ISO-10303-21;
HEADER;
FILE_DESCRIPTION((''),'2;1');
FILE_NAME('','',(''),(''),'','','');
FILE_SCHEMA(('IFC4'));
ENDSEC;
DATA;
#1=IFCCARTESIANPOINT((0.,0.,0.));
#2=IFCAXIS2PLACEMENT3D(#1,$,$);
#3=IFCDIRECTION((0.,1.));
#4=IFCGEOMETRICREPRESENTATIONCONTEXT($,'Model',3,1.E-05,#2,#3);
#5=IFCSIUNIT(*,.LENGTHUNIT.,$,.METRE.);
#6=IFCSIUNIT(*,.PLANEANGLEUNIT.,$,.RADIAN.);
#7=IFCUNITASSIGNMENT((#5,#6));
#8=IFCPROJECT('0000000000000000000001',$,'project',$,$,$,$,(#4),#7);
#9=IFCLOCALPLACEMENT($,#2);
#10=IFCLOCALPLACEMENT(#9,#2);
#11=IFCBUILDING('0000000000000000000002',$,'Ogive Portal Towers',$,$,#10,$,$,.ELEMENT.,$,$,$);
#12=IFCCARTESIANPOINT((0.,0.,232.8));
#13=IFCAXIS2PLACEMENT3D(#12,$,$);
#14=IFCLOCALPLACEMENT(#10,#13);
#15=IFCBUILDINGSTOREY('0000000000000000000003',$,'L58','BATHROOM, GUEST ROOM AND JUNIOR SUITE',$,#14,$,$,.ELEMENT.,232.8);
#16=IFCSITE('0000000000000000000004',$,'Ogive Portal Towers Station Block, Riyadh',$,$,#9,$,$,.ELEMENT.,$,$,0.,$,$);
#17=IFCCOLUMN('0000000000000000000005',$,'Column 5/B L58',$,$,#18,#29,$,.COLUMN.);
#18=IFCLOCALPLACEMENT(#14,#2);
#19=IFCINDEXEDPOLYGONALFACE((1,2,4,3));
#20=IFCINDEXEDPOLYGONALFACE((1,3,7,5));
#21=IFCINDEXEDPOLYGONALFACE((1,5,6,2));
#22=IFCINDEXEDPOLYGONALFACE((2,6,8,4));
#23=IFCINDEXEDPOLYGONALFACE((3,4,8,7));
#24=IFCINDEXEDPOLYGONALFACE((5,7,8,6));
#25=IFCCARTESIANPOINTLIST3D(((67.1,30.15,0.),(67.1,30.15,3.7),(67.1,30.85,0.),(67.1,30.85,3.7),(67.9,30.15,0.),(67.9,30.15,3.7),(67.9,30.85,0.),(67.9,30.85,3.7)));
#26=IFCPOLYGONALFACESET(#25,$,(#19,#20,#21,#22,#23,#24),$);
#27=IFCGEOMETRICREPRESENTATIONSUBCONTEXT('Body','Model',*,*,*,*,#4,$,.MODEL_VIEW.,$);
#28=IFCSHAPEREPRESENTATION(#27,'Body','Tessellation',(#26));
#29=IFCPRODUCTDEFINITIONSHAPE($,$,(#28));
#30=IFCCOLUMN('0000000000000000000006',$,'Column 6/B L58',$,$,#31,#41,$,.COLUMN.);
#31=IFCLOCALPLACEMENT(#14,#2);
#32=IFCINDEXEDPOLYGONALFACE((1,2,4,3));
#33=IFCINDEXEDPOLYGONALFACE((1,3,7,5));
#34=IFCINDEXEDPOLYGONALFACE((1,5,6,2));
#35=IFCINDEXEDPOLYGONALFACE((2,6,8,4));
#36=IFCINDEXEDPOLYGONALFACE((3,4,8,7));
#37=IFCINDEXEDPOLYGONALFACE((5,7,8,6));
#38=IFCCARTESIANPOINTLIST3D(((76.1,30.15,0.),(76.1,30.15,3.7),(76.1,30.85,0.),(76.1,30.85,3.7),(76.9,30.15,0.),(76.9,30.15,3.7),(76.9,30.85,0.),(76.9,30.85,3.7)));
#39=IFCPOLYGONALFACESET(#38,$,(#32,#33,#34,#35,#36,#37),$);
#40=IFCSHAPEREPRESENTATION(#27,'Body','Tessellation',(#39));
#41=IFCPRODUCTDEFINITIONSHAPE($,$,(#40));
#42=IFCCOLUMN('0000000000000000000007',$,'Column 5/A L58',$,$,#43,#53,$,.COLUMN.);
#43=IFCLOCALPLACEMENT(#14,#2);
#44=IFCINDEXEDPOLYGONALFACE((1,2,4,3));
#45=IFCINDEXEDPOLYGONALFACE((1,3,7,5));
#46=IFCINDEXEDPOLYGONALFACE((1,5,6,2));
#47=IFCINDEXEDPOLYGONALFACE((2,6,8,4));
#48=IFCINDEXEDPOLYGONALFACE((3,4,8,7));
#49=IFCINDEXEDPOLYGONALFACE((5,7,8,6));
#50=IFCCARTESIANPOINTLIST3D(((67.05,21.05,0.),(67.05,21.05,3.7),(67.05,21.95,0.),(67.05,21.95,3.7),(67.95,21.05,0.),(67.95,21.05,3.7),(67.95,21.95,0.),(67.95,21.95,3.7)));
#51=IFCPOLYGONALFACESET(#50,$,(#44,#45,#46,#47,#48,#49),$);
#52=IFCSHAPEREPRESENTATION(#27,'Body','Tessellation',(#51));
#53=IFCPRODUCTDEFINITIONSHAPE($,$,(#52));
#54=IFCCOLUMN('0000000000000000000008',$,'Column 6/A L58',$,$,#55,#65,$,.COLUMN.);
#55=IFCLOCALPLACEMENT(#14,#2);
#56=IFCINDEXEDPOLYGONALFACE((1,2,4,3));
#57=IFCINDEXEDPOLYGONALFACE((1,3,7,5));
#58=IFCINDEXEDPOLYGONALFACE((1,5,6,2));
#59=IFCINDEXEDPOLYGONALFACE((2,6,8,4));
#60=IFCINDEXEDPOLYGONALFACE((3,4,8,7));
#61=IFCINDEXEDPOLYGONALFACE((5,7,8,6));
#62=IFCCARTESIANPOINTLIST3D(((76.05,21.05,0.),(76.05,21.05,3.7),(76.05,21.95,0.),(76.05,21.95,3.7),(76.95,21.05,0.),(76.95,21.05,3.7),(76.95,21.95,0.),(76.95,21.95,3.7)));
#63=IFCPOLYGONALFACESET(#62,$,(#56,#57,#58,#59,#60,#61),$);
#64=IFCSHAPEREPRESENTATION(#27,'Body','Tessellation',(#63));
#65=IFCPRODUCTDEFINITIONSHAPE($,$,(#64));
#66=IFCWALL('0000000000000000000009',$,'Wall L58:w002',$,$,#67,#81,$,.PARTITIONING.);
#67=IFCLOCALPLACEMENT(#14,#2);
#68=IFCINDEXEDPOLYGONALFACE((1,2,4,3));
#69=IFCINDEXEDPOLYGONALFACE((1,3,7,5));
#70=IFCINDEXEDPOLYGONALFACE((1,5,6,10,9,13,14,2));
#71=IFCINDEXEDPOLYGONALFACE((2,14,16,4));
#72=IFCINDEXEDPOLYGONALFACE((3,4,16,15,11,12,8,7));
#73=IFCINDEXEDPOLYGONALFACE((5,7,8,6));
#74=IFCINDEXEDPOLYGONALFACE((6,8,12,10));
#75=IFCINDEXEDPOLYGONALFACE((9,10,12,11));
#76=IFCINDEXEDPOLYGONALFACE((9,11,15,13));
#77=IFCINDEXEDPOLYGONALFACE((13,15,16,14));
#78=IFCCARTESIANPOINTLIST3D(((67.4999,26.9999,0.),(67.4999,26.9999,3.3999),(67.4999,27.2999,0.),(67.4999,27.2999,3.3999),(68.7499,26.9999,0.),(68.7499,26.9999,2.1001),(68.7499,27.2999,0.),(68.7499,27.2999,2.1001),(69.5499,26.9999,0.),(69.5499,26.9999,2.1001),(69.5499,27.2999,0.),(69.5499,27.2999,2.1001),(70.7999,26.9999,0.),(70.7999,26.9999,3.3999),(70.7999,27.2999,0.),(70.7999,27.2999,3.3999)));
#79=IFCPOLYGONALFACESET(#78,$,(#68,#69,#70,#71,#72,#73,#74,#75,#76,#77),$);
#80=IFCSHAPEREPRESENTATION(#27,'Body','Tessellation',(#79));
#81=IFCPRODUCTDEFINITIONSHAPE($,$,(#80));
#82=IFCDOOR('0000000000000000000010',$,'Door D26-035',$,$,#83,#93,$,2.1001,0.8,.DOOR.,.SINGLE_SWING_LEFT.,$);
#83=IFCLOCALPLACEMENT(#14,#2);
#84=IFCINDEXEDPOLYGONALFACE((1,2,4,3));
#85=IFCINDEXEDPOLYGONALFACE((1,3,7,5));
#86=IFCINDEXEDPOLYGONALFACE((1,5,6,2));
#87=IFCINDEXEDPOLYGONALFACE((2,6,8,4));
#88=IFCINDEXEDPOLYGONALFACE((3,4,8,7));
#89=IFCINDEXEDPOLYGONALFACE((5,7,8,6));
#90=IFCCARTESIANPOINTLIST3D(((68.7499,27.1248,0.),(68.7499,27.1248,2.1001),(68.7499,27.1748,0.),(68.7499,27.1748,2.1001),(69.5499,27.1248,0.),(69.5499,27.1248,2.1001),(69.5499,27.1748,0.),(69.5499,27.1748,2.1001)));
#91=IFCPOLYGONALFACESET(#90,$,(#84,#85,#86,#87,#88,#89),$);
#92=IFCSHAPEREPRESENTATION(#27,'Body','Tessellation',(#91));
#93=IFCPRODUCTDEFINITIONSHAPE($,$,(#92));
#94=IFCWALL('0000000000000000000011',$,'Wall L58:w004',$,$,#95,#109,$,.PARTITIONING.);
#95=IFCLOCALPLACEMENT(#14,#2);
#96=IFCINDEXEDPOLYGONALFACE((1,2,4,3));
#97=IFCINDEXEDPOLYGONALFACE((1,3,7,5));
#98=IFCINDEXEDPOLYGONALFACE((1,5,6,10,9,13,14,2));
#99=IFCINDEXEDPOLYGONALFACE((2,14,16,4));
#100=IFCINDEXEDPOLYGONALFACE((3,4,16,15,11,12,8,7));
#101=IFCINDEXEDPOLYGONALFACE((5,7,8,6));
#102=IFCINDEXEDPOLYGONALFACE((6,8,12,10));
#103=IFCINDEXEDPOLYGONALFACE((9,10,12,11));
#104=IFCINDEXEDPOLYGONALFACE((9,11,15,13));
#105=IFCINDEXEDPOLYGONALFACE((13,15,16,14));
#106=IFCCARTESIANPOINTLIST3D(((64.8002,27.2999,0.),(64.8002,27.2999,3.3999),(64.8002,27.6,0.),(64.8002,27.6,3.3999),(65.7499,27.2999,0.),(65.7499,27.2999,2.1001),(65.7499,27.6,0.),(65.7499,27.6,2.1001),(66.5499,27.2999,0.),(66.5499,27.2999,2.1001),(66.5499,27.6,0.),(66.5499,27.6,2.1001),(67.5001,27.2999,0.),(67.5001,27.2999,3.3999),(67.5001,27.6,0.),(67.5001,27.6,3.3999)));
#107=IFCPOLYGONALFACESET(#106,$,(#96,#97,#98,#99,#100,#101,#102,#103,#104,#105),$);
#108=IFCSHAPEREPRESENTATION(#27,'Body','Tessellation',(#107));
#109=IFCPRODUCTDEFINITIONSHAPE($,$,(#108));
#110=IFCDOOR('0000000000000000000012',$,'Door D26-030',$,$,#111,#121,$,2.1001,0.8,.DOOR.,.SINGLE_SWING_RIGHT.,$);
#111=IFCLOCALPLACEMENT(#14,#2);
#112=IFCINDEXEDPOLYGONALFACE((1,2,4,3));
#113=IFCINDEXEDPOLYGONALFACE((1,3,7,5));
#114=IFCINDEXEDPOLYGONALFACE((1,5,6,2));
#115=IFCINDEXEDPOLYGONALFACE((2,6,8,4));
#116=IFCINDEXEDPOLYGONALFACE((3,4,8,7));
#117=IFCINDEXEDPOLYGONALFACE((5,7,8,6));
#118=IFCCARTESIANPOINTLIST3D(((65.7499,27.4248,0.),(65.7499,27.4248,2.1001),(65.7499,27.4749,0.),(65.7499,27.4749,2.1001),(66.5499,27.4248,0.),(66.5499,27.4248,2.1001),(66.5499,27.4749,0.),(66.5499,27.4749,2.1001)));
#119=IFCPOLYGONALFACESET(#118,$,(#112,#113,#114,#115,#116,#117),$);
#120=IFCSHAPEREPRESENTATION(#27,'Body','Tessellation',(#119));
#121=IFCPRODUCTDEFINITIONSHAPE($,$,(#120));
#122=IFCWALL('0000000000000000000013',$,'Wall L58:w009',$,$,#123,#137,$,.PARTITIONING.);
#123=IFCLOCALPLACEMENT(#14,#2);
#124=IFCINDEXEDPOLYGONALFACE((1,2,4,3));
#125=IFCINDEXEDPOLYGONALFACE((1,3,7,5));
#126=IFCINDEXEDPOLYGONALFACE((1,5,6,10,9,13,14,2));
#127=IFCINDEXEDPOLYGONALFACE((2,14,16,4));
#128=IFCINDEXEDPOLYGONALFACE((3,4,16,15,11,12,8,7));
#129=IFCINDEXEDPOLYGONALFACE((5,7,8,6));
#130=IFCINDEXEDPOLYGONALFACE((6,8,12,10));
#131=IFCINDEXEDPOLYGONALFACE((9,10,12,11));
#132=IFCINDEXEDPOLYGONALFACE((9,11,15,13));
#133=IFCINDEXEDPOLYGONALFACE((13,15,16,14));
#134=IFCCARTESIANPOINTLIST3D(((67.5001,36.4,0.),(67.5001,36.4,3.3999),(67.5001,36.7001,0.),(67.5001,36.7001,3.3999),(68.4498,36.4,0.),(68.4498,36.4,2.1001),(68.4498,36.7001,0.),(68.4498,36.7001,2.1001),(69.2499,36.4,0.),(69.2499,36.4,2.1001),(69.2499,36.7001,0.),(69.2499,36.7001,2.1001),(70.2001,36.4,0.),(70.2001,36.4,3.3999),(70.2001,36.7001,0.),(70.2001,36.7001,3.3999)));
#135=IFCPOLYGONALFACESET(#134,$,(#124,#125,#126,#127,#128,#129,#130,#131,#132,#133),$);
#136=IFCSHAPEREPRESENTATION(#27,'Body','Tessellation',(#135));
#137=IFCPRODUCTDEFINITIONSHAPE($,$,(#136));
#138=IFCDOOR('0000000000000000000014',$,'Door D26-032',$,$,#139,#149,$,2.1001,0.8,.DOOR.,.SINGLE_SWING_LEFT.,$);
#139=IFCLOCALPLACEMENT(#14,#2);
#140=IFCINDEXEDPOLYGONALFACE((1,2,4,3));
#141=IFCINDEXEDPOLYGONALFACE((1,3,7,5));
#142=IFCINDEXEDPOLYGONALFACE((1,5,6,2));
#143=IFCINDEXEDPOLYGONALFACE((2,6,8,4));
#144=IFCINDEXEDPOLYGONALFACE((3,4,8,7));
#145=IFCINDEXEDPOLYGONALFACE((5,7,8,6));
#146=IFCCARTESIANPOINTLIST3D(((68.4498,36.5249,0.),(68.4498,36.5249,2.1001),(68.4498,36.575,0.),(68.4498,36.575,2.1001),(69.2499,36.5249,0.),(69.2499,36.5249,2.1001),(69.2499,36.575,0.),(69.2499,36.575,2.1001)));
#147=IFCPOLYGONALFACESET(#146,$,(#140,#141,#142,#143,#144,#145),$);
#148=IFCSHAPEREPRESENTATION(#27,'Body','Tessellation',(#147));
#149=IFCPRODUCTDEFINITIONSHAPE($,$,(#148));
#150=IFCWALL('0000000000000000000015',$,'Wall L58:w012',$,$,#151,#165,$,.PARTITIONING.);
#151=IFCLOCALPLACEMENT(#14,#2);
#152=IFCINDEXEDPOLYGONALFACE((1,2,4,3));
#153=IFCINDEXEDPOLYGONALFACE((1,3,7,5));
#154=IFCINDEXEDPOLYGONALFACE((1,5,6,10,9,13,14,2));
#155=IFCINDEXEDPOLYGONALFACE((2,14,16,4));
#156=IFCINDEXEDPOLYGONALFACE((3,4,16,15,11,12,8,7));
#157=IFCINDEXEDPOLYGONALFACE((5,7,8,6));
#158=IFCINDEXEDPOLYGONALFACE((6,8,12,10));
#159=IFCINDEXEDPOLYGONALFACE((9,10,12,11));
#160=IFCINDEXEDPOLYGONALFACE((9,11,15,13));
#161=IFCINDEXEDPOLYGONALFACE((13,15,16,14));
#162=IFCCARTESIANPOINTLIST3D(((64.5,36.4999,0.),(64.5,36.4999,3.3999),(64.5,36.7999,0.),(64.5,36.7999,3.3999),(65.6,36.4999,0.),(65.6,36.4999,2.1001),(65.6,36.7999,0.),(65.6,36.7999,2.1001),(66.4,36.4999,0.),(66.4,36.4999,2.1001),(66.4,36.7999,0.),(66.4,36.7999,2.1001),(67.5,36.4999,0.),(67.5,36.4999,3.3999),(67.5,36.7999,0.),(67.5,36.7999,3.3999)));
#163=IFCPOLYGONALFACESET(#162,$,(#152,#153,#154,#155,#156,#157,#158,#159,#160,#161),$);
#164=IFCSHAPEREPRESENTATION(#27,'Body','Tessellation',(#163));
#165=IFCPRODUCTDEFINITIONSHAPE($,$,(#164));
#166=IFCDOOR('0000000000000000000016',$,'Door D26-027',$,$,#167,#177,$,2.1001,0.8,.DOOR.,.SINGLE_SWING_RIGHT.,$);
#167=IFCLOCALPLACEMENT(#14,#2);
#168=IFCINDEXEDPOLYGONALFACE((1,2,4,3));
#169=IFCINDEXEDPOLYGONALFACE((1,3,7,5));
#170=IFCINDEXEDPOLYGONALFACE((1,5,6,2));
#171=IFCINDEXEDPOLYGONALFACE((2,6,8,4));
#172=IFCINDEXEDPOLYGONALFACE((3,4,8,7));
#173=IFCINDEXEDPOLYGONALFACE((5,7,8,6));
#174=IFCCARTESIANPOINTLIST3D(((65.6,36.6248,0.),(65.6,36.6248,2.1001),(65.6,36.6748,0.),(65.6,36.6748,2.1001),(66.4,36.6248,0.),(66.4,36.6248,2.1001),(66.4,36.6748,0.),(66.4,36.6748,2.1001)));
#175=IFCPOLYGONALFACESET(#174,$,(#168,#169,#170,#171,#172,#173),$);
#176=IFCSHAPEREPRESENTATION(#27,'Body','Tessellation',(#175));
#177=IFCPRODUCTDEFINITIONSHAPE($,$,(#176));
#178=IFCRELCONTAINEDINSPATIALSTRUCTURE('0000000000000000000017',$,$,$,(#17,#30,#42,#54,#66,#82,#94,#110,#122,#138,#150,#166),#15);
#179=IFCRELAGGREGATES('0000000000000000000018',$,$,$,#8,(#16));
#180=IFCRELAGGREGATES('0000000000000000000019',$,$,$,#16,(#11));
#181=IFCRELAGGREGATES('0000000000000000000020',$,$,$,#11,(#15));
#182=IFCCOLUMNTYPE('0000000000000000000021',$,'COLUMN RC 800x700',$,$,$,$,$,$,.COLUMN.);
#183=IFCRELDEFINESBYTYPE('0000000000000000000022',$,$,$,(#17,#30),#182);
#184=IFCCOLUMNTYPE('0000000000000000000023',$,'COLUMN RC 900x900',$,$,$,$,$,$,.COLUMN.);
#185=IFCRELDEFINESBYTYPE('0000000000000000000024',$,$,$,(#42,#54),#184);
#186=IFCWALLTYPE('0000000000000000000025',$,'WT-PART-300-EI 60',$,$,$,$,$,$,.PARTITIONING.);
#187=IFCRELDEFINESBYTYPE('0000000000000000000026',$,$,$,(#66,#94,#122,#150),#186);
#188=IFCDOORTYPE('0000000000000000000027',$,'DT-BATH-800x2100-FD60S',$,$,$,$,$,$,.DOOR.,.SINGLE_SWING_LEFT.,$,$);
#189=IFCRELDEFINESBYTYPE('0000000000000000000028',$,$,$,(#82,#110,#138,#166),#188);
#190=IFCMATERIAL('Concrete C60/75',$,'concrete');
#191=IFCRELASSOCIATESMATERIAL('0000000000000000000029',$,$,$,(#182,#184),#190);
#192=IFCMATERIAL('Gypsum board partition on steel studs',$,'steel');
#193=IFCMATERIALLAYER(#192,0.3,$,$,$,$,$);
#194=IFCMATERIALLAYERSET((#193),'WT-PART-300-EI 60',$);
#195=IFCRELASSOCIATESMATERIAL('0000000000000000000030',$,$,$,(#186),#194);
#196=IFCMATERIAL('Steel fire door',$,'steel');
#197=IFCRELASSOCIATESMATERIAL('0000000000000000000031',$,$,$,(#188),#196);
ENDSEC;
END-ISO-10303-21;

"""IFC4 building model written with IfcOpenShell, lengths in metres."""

from ifc_helpers import new_model, si_unit, direction, frame, frame_2d, origin, origin_2d, place, context, subcontext, project, spatial, rectangle, extrude, material, layer, layer_set, material_profile, profile_set, type_object, element, fill, save


model = new_model("IFC4")

# Units and contexts
model_context = context("Model", 3, precision=1e-05, world=origin(), true_north=direction((0.0, 1.0)))
body_context = subcontext(model_context, "Body", "Model", "MODEL_VIEW")
ifc_project = project(units=[si_unit("LENGTHUNIT", "METRE"), si_unit("PLANEANGLEUNIT", "RADIAN")], contexts=[model_context])

# Site, building, storey
site_placement = place(None, origin())
site = spatial("IfcSite", under=ifc_project, at=site_placement, Name="Ogive Portal Towers Station Block, Riyadh", CompositionType="ELEMENT", RefElevation=0.0)
building_placement = place(site_placement, origin())
building = spatial("IfcBuilding", under=site, at=building_placement, Name="Ogive Portal Towers", CompositionType="ELEMENT")
storey_placement = place(building_placement, frame((0.0, 0.0, 232.8)))
storey = spatial("IfcBuildingStorey", under=building, at=storey_placement, Name="L58", Description="BATHROOM, GUEST ROOM AND JUNIOR SUITE", CompositionType="ELEMENT", Elevation=232.8)

# Columns
ifc_material_1 = material(Name="Concrete C60/75", Category="concrete")
ifc_material_profile_1 = material_profile(ifc_material_1, rectangle(XDim=0.8, YDim=0.7, at=origin_2d()), Name="RC 800x700")
ifc_profile_set_1 = profile_set([ifc_material_profile_1], Name="Concrete C60/75")
column_type_1 = type_object("IfcColumnType", Name="COLUMN RC 800x700", PredefinedType="COLUMN", material=ifc_profile_set_1)
for number, where, z_axis, x_axis, name in (
    (1, (67.5, 30.5, 0.0), (0.0, 0.0, 1.0), (1.0, 0.0, 0.0), "Column 5/B L58"),
    (2, (76.5, 30.5, 0.0), (0.0, 0.0, 1.0), (1.0, 0.0, 0.0), "Column 6/B L58"),
):
    element("IfcColumn", number, at=place(storey_placement, frame(where, z_axis=z_axis, x_axis=x_axis)), inside=storey, type_object=column_type_1, Name=name, PredefinedType="COLUMN", context=body_context, shape_type="SweptSolid", body=[
        extrude(rectangle(XDim=0.8, YDim=0.7, at=origin_2d()), origin(), (0.0, 0.0, 1.0), 3.7),
    ])
ifc_material_profile_2 = material_profile(ifc_material_1, rectangle(XDim=0.8999, YDim=0.8999, at=origin_2d()), Name="RC 900x900")
ifc_profile_set_2 = profile_set([ifc_material_profile_2], Name="Concrete C60/75")
column_type_2 = type_object("IfcColumnType", Name="COLUMN RC 900x900", PredefinedType="COLUMN", material=ifc_profile_set_2)
for number, where, z_axis, x_axis, name in (
    (3, (67.5, 21.5, 0.0), (0.0, 0.0, 1.0), (1.0, 0.0, 0.0), "Column 5/A L58"),
    (4, (76.5, 21.5, 0.0), (0.0, 0.0, 1.0), (1.0, 0.0, 0.0), "Column 6/A L58"),
):
    element("IfcColumn", number, at=place(storey_placement, frame(where, z_axis=z_axis, x_axis=x_axis)), inside=storey, type_object=column_type_2, Name=name, PredefinedType="COLUMN", context=body_context, shape_type="SweptSolid", body=[
        extrude(rectangle(XDim=0.8999, YDim=0.8999, at=origin_2d()), origin(), (0.0, 0.0, 1.0), 3.7),
    ])

# Walls, openings, doors
ifc_material_2 = material(Name="Gypsum board partition on steel studs", Category="steel")
ifc_layer_1 = layer(ifc_material_2, 0.3)
ifc_layer_set_1 = layer_set([ifc_layer_1], Name="WT-PART-300-EI 60")
wall_type = type_object("IfcWallType", Name="WT-PART-300-EI 60", PredefinedType="PARTITIONING", material=ifc_layer_set_1)
wall_1_placement = place(storey_placement, frame((67.5, 27.1499, 0.0), z_axis=(0.0, 0.0, 1.0), x_axis=(1.0, 0.0, 0.0)))
wall_1 = element("IfcWall", 5, at=wall_1_placement, inside=storey, type_object=wall_type, Name="Wall L58:w002", PredefinedType="PARTITIONING", context=body_context, shape_type="SweptSolid", body=[
    extrude(rectangle(XDim=3.3, YDim=0.3, at=frame_2d((1.6499, 0.0))), origin(), (0.0, 0.0, 1.0), 3.3999),
])
opening_1_placement = place(wall_1_placement, frame((1.25, 0.0, 0.0)))
opening_1 = element("IfcOpeningElement", 6, at=opening_1_placement, cuts=wall_1, PredefinedType="OPENING", context=body_context, shape_type="SweptSolid", body=[
    extrude(rectangle(XDim=0.8, YDim=2.1001, at=frame_2d((0.3999, 1.05))), frame((0.0, 0.1602, 0.0), z_axis=(0.0, -1.0, 0.0), x_axis=(1.0, 0.0, 0.0)), (0.0, 0.0, 1.0), 0.3201),
])
ifc_material_3 = material(Name="Steel fire door", Category="steel")
door_type = type_object("IfcDoorType", Name="DT-BATH-800x2100-FD60S", OperationType="SINGLE_SWING_LEFT", PredefinedType="DOOR", material=ifc_material_3)
door_1_placement = place(opening_1_placement, origin())
door_1 = element("IfcDoor", 7, at=door_1_placement, inside=storey, type_object=door_type, Name="Door D26-035", OperationType="SINGLE_SWING_LEFT", OverallHeight=2.1001, OverallWidth=0.8, PredefinedType="DOOR", context=body_context, shape_type="SweptSolid", body=[
    extrude(rectangle(XDim=0.8, YDim=2.1001, at=frame_2d((0.3999, 1.05))), frame((0.0, 0.0249, 0.0), z_axis=(0.0, -1.0, 0.0), x_axis=(1.0, 0.0, 0.0)), (0.0, 0.0, 1.0), 0.05),
])
fill(opening_1, door_1)
wall_2_placement = place(storey_placement, frame((64.8, 27.45, 0.0), z_axis=(0.0, 0.0, 1.0), x_axis=(1.0, 0.0, 0.0)))
wall_2 = element("IfcWall", 8, at=wall_2_placement, inside=storey, type_object=wall_type, Name="Wall L58:w004", PredefinedType="PARTITIONING", context=body_context, shape_type="SweptSolid", body=[
    extrude(rectangle(XDim=2.7, YDim=0.3, at=frame_2d((1.3501, 0.0))), origin(), (0.0, 0.0, 1.0), 3.3999),
])
opening_2_placement = place(wall_2_placement, frame((0.95, 0.0, 0.0)))
opening_2 = element("IfcOpeningElement", 9, at=opening_2_placement, cuts=wall_2, PredefinedType="OPENING", context=body_context, shape_type="SweptSolid", body=[
    extrude(rectangle(XDim=0.8, YDim=2.1001, at=frame_2d((0.3999, 1.05))), frame((0.0, 0.1602, 0.0), z_axis=(0.0, -1.0, 0.0), x_axis=(1.0, 0.0, 0.0)), (0.0, 0.0, 1.0), 0.3201),
])
door_2_placement = place(opening_2_placement, origin())
door_2 = element("IfcDoor", 10, at=door_2_placement, inside=storey, type_object=door_type, Name="Door D26-030", OperationType="SINGLE_SWING_RIGHT", OverallHeight=2.1001, OverallWidth=0.8, PredefinedType="DOOR", context=body_context, shape_type="SweptSolid", body=[
    extrude(rectangle(XDim=0.8, YDim=2.1001, at=frame_2d((0.3999, 1.05))), frame((0.0, 0.0249, 0.0), z_axis=(0.0, -1.0, 0.0), x_axis=(1.0, 0.0, 0.0)), (0.0, 0.0, 1.0), 0.05),
])
fill(opening_2, door_2)
wall_3_placement = place(storey_placement, frame((67.5, 36.55, 0.0), z_axis=(0.0, 0.0, 1.0), x_axis=(1.0, 0.0, 0.0)))
wall_3 = element("IfcWall", 11, at=wall_3_placement, inside=storey, type_object=wall_type, Name="Wall L58:w009", PredefinedType="PARTITIONING", context=body_context, shape_type="SweptSolid", body=[
    extrude(rectangle(XDim=2.7, YDim=0.3, at=frame_2d((1.3501, 0.0))), origin(), (0.0, 0.0, 1.0), 3.3999),
])
opening_3_placement = place(wall_3_placement, frame((0.95, 0.0, 0.0)))
opening_3 = element("IfcOpeningElement", 12, at=opening_3_placement, cuts=wall_3, PredefinedType="OPENING", context=body_context, shape_type="SweptSolid", body=[
    extrude(rectangle(XDim=0.8, YDim=2.1001, at=frame_2d((0.3999, 1.05))), frame((0.0, 0.1602, 0.0), z_axis=(0.0, -1.0, 0.0), x_axis=(1.0, 0.0, 0.0)), (0.0, 0.0, 1.0), 0.3201),
])
door_3_placement = place(opening_3_placement, origin())
door_3 = element("IfcDoor", 13, at=door_3_placement, inside=storey, type_object=door_type, Name="Door D26-032", OperationType="SINGLE_SWING_LEFT", OverallHeight=2.1001, OverallWidth=0.8, PredefinedType="DOOR", context=body_context, shape_type="SweptSolid", body=[
    extrude(rectangle(XDim=0.8, YDim=2.1001, at=frame_2d((0.3999, 1.05))), frame((0.0, 0.0249, 0.0), z_axis=(0.0, -1.0, 0.0), x_axis=(1.0, 0.0, 0.0)), (0.0, 0.0, 1.0), 0.05),
])
fill(opening_3, door_3)
wall_4_placement = place(storey_placement, frame((64.5, 36.6499, 0.0), z_axis=(0.0, 0.0, 1.0), x_axis=(1.0, 0.0, 0.0)))
wall_4 = element("IfcWall", 14, at=wall_4_placement, inside=storey, type_object=wall_type, Name="Wall L58:w012", PredefinedType="PARTITIONING", context=body_context, shape_type="SweptSolid", body=[
    extrude(rectangle(XDim=3.0, YDim=0.3, at=frame_2d((1.5, 0.0))), origin(), (0.0, 0.0, 1.0), 3.3999),
])
opening_4_placement = place(wall_4_placement, frame((1.1001, 0.0, 0.0)))
opening_4 = element("IfcOpeningElement", 15, at=opening_4_placement, cuts=wall_4, PredefinedType="OPENING", context=body_context, shape_type="SweptSolid", body=[
    extrude(rectangle(XDim=0.8, YDim=2.1001, at=frame_2d((0.3999, 1.05))), frame((0.0, 0.1602, 0.0), z_axis=(0.0, -1.0, 0.0), x_axis=(1.0, 0.0, 0.0)), (0.0, 0.0, 1.0), 0.3201),
])
door_4_placement = place(opening_4_placement, origin())
door_4 = element("IfcDoor", 16, at=door_4_placement, inside=storey, type_object=door_type, Name="Door D26-027", OperationType="SINGLE_SWING_RIGHT", OverallHeight=2.1001, OverallWidth=0.8, PredefinedType="DOOR", context=body_context, shape_type="SweptSolid", body=[
    extrude(rectangle(XDim=0.8, YDim=2.1001, at=frame_2d((0.3999, 1.05))), frame((0.0, 0.0249, 0.0), z_axis=(0.0, -1.0, 0.0), x_axis=(1.0, 0.0, 0.0)), (0.0, 0.0, 1.0), 0.05),
])
fill(opening_4, door_4)

save(model, "model.ifc")
